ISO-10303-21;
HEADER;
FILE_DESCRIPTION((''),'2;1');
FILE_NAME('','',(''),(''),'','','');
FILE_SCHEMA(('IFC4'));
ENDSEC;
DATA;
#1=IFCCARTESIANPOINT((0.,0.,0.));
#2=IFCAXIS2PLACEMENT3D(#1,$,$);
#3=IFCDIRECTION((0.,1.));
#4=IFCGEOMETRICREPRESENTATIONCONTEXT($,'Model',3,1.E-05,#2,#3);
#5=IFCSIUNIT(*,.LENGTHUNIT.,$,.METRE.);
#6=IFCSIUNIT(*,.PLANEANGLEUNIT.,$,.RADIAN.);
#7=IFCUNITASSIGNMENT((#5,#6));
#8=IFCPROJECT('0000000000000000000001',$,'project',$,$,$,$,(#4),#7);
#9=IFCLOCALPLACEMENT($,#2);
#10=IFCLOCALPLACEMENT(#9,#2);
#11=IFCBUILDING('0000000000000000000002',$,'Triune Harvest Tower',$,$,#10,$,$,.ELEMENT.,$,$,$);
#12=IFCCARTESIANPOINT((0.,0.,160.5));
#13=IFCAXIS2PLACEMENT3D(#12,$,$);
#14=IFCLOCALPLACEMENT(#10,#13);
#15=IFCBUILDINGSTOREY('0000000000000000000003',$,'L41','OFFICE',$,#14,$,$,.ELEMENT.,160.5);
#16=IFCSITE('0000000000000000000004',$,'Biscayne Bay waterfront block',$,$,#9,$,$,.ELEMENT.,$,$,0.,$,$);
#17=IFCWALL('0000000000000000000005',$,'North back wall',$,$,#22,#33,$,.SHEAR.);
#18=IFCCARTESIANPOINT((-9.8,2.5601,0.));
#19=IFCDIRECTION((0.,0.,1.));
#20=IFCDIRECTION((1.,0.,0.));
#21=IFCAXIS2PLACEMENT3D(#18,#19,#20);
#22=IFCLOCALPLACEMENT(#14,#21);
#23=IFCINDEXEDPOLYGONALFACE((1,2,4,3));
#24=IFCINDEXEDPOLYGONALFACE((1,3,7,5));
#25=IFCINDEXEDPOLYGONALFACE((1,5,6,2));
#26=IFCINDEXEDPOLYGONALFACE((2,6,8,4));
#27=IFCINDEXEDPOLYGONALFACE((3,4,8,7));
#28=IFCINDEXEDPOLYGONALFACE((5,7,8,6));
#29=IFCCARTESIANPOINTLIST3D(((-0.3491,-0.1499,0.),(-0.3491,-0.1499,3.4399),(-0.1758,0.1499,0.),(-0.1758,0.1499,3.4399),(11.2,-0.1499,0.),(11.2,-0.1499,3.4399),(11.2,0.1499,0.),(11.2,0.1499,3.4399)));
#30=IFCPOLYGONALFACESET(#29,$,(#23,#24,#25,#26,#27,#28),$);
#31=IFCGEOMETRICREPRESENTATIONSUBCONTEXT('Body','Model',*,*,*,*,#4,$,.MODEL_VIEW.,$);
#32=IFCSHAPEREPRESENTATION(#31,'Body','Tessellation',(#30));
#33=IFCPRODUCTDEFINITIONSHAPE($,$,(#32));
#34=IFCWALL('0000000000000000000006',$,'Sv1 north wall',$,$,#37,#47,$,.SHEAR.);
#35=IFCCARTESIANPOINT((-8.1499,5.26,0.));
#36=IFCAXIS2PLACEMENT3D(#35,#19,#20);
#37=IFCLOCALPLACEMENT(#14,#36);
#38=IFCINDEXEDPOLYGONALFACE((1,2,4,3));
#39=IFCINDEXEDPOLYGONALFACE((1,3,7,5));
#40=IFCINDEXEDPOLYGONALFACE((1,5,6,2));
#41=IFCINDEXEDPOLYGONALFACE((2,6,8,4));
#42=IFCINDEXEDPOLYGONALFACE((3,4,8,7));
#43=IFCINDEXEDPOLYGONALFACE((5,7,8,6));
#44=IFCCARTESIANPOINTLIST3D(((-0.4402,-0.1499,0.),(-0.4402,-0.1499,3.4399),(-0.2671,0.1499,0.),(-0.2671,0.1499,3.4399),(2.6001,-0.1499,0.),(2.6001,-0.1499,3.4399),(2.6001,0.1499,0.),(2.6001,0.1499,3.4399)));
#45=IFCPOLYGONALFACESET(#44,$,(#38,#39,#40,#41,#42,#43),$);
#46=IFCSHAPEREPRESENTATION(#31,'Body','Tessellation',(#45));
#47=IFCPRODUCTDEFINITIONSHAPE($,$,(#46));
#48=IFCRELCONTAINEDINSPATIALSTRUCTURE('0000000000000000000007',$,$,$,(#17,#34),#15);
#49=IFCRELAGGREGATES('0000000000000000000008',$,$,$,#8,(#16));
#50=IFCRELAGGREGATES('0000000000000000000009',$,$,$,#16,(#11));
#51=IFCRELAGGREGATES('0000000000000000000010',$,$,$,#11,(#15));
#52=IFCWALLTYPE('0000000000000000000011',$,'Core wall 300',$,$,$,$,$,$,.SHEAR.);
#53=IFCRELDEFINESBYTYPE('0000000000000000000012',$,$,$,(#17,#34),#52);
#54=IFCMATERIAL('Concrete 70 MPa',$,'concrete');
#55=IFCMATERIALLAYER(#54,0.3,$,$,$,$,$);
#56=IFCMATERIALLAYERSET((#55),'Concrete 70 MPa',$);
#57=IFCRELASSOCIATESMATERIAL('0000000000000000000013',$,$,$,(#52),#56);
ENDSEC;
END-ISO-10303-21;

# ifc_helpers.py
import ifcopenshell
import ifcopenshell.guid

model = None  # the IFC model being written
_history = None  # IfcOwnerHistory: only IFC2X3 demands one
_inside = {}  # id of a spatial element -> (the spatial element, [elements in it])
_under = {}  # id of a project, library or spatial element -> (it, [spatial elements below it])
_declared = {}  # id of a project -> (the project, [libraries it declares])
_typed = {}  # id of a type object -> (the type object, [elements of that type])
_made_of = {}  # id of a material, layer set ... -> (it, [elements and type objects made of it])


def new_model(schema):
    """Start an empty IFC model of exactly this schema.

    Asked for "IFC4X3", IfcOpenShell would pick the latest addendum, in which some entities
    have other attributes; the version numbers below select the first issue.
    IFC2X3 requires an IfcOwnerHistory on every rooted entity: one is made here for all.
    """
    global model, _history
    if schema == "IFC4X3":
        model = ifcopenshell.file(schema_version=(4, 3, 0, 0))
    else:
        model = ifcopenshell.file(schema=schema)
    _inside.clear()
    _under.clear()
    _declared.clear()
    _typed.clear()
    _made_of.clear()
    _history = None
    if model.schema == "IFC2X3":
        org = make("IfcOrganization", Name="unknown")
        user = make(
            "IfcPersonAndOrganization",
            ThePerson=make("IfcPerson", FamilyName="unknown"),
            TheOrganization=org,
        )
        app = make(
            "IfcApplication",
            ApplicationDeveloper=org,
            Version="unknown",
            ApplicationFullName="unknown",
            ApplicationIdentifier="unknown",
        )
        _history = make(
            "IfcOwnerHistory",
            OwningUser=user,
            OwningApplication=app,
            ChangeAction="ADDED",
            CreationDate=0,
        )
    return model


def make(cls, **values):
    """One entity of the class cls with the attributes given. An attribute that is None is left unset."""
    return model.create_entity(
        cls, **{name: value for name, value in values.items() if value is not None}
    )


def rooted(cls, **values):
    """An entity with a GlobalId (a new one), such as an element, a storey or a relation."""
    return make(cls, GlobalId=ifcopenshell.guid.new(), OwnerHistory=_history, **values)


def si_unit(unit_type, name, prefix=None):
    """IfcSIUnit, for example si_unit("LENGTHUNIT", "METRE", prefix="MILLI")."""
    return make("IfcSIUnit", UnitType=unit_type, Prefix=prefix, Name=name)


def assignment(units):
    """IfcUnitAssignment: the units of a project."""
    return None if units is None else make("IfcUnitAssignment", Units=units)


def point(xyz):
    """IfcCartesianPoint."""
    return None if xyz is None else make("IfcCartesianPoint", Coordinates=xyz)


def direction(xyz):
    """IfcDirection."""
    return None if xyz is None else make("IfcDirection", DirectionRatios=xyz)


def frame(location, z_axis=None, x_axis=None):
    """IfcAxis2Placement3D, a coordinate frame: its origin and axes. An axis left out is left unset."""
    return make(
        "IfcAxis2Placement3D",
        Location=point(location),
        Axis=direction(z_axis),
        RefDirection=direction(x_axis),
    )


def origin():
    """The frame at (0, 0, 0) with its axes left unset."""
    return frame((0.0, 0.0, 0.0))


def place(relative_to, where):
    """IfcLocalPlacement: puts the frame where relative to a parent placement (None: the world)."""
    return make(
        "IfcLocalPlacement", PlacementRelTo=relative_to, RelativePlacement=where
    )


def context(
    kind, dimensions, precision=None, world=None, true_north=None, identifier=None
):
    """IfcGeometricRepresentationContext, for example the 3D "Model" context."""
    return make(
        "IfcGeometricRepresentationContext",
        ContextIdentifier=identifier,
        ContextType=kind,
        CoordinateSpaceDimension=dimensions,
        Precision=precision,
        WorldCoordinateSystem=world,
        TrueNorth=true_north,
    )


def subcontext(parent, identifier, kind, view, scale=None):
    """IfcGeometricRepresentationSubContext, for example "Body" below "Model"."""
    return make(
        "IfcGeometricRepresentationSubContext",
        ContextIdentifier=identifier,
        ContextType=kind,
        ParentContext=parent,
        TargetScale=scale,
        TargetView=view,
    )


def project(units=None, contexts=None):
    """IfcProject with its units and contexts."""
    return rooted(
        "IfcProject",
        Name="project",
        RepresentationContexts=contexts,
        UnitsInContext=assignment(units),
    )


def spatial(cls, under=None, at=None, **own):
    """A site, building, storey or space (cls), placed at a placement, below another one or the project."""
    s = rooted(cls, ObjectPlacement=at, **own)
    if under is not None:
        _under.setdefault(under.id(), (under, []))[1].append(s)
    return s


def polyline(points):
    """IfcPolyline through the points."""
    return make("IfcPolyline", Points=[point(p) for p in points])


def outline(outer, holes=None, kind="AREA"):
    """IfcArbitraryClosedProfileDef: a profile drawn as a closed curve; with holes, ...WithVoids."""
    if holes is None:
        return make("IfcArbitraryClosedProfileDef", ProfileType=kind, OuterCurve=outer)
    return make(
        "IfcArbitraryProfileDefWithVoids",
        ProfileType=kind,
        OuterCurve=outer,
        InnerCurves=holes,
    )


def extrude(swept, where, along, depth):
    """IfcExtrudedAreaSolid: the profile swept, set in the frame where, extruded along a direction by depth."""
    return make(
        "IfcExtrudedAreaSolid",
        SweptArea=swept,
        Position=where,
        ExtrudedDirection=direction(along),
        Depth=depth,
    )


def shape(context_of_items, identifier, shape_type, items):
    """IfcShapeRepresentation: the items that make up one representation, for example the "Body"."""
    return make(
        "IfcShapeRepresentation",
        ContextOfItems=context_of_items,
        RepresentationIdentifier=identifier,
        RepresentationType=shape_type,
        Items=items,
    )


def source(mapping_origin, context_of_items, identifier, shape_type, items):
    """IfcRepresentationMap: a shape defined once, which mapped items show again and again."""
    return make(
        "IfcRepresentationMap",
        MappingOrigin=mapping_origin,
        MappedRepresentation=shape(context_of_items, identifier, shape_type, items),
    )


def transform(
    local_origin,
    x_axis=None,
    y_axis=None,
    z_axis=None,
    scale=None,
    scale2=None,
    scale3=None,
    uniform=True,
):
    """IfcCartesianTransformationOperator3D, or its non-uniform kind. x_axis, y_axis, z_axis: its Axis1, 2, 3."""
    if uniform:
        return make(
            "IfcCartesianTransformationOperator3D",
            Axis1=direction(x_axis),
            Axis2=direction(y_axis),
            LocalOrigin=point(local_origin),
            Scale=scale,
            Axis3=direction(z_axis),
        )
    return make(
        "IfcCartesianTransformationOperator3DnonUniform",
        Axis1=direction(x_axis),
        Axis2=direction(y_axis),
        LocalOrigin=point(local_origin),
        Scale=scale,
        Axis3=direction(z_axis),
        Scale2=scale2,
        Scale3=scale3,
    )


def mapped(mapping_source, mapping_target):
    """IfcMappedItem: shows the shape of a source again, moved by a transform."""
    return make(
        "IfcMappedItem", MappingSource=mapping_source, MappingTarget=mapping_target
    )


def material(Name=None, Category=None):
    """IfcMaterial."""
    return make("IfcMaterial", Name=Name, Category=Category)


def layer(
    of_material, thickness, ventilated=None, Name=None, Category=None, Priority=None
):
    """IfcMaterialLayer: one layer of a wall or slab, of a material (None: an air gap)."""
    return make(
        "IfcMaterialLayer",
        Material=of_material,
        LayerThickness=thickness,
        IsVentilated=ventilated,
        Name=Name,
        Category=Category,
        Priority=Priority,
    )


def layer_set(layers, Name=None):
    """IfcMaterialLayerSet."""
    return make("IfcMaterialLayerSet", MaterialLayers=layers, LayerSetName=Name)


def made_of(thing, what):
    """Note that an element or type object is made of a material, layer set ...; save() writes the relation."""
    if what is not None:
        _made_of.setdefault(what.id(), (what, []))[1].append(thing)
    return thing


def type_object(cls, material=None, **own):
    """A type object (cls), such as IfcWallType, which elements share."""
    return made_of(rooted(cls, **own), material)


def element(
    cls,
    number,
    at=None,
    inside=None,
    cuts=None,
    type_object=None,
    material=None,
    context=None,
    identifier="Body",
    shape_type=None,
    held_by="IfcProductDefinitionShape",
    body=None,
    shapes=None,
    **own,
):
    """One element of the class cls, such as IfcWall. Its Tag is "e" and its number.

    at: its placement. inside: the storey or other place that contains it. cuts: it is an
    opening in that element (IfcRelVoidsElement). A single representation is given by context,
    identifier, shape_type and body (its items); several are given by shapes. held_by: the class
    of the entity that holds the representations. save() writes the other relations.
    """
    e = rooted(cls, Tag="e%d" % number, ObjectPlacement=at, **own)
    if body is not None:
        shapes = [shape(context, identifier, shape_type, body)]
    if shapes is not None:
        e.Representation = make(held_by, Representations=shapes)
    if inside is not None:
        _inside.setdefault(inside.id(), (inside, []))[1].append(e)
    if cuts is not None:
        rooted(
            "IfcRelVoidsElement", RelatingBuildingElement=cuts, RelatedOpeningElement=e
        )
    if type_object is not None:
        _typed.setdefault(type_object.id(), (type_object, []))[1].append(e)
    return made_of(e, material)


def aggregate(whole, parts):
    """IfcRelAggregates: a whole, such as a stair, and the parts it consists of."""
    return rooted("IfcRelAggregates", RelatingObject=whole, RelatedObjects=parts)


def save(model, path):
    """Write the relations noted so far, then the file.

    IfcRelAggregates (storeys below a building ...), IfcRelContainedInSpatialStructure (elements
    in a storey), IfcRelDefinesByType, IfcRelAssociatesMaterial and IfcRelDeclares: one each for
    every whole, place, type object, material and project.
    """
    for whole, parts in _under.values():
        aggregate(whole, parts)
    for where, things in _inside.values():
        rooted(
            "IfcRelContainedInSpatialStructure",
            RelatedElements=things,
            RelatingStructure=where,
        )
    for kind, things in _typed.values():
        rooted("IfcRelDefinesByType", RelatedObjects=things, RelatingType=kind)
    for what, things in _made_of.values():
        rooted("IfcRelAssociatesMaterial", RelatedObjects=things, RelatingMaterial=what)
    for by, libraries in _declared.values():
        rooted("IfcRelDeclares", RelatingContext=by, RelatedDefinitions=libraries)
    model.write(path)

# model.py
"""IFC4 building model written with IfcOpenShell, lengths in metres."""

from ifc_helpers import new_model, si_unit, direction, frame, origin, place, context, subcontext, project, spatial, polyline, outline, extrude, source, transform, mapped, material, layer, layer_set, type_object, element, save


model = new_model("IFC4")

# Units and contexts
model_context = context("Model", 3, precision=1e-05, world=origin(), true_north=direction((0.0, 1.0)))
body_context = subcontext(model_context, "Body", "Model", "MODEL_VIEW")
ifc_project = project(units=[si_unit("LENGTHUNIT", "METRE"), si_unit("PLANEANGLEUNIT", "RADIAN")], contexts=[model_context])

# Site, building, storey
site_placement = place(None, origin())
site = spatial("IfcSite", under=ifc_project, at=site_placement, Name="Biscayne Bay waterfront block", CompositionType="ELEMENT", RefElevation=0.0)
building_placement = place(site_placement, origin())
building = spatial("IfcBuilding", under=site, at=building_placement, Name="Triune Harvest Tower", CompositionType="ELEMENT")
storey_placement = place(building_placement, frame((0.0, 0.0, 160.5)))
storey = spatial("IfcBuildingStorey", under=building, at=storey_placement, Name="L41", Description="OFFICE", CompositionType="ELEMENT", Elevation=160.5)

# Wall
ifc_material_1 = material(Name="Concrete 70 MPa", Category="concrete")
ifc_layer_1 = layer(ifc_material_1, 0.3)
ifc_layer_set_1 = layer_set([ifc_layer_1], Name="Concrete 70 MPa")
wall_type_1 = type_object("IfcWallType", Name="Core wall 300", PredefinedType="SHEAR", material=ifc_layer_set_1)
shared_shape_1 = source(origin(), body_context, "Body", "SweptSolid", [
    extrude(outline(polyline([(11.2, -0.1499), (-0.3491, -0.1499), (-0.1758, 0.1499), (11.2, 0.1499), (11.2, -0.1499)])), origin(), (0.0, 0.0, 1.0), 3.4399),
])
wall_1_placement = place(storey_placement, frame((-9.8, 2.5601, 0.0), z_axis=(0.0, 0.0, 1.0), x_axis=(1.0, 0.0, 0.0)))
element("IfcWall", 1, at=wall_1_placement, inside=storey, type_object=wall_type_1, Name="North back wall", PredefinedType="SHEAR", context=body_context, shape_type="MappedRepresentation", body=[
    mapped(shared_shape_1, transform((0.0, 0.0, 0.0), scale=1.0)),
])

# Wall
shared_shape_2 = source(origin(), body_context, "Body", "SweptSolid", [
    extrude(outline(polyline([(2.6001, -0.1499), (-0.4402, -0.1499), (-0.2671, 0.1499), (2.6001, 0.1499), (2.6001, -0.1499)])), origin(), (0.0, 0.0, 1.0), 3.4399),
])
wall_2_placement = place(storey_placement, frame((-8.1499, 5.26, 0.0), z_axis=(0.0, 0.0, 1.0), x_axis=(1.0, 0.0, 0.0)))
element("IfcWall", 2, at=wall_2_placement, inside=storey, type_object=wall_type_1, Name="Sv1 north wall", PredefinedType="SHEAR", context=body_context, shape_type="MappedRepresentation", body=[
    mapped(shared_shape_2, transform((0.0, 0.0, 0.0), scale=1.0)),
])

save(model, "model.ifc")
